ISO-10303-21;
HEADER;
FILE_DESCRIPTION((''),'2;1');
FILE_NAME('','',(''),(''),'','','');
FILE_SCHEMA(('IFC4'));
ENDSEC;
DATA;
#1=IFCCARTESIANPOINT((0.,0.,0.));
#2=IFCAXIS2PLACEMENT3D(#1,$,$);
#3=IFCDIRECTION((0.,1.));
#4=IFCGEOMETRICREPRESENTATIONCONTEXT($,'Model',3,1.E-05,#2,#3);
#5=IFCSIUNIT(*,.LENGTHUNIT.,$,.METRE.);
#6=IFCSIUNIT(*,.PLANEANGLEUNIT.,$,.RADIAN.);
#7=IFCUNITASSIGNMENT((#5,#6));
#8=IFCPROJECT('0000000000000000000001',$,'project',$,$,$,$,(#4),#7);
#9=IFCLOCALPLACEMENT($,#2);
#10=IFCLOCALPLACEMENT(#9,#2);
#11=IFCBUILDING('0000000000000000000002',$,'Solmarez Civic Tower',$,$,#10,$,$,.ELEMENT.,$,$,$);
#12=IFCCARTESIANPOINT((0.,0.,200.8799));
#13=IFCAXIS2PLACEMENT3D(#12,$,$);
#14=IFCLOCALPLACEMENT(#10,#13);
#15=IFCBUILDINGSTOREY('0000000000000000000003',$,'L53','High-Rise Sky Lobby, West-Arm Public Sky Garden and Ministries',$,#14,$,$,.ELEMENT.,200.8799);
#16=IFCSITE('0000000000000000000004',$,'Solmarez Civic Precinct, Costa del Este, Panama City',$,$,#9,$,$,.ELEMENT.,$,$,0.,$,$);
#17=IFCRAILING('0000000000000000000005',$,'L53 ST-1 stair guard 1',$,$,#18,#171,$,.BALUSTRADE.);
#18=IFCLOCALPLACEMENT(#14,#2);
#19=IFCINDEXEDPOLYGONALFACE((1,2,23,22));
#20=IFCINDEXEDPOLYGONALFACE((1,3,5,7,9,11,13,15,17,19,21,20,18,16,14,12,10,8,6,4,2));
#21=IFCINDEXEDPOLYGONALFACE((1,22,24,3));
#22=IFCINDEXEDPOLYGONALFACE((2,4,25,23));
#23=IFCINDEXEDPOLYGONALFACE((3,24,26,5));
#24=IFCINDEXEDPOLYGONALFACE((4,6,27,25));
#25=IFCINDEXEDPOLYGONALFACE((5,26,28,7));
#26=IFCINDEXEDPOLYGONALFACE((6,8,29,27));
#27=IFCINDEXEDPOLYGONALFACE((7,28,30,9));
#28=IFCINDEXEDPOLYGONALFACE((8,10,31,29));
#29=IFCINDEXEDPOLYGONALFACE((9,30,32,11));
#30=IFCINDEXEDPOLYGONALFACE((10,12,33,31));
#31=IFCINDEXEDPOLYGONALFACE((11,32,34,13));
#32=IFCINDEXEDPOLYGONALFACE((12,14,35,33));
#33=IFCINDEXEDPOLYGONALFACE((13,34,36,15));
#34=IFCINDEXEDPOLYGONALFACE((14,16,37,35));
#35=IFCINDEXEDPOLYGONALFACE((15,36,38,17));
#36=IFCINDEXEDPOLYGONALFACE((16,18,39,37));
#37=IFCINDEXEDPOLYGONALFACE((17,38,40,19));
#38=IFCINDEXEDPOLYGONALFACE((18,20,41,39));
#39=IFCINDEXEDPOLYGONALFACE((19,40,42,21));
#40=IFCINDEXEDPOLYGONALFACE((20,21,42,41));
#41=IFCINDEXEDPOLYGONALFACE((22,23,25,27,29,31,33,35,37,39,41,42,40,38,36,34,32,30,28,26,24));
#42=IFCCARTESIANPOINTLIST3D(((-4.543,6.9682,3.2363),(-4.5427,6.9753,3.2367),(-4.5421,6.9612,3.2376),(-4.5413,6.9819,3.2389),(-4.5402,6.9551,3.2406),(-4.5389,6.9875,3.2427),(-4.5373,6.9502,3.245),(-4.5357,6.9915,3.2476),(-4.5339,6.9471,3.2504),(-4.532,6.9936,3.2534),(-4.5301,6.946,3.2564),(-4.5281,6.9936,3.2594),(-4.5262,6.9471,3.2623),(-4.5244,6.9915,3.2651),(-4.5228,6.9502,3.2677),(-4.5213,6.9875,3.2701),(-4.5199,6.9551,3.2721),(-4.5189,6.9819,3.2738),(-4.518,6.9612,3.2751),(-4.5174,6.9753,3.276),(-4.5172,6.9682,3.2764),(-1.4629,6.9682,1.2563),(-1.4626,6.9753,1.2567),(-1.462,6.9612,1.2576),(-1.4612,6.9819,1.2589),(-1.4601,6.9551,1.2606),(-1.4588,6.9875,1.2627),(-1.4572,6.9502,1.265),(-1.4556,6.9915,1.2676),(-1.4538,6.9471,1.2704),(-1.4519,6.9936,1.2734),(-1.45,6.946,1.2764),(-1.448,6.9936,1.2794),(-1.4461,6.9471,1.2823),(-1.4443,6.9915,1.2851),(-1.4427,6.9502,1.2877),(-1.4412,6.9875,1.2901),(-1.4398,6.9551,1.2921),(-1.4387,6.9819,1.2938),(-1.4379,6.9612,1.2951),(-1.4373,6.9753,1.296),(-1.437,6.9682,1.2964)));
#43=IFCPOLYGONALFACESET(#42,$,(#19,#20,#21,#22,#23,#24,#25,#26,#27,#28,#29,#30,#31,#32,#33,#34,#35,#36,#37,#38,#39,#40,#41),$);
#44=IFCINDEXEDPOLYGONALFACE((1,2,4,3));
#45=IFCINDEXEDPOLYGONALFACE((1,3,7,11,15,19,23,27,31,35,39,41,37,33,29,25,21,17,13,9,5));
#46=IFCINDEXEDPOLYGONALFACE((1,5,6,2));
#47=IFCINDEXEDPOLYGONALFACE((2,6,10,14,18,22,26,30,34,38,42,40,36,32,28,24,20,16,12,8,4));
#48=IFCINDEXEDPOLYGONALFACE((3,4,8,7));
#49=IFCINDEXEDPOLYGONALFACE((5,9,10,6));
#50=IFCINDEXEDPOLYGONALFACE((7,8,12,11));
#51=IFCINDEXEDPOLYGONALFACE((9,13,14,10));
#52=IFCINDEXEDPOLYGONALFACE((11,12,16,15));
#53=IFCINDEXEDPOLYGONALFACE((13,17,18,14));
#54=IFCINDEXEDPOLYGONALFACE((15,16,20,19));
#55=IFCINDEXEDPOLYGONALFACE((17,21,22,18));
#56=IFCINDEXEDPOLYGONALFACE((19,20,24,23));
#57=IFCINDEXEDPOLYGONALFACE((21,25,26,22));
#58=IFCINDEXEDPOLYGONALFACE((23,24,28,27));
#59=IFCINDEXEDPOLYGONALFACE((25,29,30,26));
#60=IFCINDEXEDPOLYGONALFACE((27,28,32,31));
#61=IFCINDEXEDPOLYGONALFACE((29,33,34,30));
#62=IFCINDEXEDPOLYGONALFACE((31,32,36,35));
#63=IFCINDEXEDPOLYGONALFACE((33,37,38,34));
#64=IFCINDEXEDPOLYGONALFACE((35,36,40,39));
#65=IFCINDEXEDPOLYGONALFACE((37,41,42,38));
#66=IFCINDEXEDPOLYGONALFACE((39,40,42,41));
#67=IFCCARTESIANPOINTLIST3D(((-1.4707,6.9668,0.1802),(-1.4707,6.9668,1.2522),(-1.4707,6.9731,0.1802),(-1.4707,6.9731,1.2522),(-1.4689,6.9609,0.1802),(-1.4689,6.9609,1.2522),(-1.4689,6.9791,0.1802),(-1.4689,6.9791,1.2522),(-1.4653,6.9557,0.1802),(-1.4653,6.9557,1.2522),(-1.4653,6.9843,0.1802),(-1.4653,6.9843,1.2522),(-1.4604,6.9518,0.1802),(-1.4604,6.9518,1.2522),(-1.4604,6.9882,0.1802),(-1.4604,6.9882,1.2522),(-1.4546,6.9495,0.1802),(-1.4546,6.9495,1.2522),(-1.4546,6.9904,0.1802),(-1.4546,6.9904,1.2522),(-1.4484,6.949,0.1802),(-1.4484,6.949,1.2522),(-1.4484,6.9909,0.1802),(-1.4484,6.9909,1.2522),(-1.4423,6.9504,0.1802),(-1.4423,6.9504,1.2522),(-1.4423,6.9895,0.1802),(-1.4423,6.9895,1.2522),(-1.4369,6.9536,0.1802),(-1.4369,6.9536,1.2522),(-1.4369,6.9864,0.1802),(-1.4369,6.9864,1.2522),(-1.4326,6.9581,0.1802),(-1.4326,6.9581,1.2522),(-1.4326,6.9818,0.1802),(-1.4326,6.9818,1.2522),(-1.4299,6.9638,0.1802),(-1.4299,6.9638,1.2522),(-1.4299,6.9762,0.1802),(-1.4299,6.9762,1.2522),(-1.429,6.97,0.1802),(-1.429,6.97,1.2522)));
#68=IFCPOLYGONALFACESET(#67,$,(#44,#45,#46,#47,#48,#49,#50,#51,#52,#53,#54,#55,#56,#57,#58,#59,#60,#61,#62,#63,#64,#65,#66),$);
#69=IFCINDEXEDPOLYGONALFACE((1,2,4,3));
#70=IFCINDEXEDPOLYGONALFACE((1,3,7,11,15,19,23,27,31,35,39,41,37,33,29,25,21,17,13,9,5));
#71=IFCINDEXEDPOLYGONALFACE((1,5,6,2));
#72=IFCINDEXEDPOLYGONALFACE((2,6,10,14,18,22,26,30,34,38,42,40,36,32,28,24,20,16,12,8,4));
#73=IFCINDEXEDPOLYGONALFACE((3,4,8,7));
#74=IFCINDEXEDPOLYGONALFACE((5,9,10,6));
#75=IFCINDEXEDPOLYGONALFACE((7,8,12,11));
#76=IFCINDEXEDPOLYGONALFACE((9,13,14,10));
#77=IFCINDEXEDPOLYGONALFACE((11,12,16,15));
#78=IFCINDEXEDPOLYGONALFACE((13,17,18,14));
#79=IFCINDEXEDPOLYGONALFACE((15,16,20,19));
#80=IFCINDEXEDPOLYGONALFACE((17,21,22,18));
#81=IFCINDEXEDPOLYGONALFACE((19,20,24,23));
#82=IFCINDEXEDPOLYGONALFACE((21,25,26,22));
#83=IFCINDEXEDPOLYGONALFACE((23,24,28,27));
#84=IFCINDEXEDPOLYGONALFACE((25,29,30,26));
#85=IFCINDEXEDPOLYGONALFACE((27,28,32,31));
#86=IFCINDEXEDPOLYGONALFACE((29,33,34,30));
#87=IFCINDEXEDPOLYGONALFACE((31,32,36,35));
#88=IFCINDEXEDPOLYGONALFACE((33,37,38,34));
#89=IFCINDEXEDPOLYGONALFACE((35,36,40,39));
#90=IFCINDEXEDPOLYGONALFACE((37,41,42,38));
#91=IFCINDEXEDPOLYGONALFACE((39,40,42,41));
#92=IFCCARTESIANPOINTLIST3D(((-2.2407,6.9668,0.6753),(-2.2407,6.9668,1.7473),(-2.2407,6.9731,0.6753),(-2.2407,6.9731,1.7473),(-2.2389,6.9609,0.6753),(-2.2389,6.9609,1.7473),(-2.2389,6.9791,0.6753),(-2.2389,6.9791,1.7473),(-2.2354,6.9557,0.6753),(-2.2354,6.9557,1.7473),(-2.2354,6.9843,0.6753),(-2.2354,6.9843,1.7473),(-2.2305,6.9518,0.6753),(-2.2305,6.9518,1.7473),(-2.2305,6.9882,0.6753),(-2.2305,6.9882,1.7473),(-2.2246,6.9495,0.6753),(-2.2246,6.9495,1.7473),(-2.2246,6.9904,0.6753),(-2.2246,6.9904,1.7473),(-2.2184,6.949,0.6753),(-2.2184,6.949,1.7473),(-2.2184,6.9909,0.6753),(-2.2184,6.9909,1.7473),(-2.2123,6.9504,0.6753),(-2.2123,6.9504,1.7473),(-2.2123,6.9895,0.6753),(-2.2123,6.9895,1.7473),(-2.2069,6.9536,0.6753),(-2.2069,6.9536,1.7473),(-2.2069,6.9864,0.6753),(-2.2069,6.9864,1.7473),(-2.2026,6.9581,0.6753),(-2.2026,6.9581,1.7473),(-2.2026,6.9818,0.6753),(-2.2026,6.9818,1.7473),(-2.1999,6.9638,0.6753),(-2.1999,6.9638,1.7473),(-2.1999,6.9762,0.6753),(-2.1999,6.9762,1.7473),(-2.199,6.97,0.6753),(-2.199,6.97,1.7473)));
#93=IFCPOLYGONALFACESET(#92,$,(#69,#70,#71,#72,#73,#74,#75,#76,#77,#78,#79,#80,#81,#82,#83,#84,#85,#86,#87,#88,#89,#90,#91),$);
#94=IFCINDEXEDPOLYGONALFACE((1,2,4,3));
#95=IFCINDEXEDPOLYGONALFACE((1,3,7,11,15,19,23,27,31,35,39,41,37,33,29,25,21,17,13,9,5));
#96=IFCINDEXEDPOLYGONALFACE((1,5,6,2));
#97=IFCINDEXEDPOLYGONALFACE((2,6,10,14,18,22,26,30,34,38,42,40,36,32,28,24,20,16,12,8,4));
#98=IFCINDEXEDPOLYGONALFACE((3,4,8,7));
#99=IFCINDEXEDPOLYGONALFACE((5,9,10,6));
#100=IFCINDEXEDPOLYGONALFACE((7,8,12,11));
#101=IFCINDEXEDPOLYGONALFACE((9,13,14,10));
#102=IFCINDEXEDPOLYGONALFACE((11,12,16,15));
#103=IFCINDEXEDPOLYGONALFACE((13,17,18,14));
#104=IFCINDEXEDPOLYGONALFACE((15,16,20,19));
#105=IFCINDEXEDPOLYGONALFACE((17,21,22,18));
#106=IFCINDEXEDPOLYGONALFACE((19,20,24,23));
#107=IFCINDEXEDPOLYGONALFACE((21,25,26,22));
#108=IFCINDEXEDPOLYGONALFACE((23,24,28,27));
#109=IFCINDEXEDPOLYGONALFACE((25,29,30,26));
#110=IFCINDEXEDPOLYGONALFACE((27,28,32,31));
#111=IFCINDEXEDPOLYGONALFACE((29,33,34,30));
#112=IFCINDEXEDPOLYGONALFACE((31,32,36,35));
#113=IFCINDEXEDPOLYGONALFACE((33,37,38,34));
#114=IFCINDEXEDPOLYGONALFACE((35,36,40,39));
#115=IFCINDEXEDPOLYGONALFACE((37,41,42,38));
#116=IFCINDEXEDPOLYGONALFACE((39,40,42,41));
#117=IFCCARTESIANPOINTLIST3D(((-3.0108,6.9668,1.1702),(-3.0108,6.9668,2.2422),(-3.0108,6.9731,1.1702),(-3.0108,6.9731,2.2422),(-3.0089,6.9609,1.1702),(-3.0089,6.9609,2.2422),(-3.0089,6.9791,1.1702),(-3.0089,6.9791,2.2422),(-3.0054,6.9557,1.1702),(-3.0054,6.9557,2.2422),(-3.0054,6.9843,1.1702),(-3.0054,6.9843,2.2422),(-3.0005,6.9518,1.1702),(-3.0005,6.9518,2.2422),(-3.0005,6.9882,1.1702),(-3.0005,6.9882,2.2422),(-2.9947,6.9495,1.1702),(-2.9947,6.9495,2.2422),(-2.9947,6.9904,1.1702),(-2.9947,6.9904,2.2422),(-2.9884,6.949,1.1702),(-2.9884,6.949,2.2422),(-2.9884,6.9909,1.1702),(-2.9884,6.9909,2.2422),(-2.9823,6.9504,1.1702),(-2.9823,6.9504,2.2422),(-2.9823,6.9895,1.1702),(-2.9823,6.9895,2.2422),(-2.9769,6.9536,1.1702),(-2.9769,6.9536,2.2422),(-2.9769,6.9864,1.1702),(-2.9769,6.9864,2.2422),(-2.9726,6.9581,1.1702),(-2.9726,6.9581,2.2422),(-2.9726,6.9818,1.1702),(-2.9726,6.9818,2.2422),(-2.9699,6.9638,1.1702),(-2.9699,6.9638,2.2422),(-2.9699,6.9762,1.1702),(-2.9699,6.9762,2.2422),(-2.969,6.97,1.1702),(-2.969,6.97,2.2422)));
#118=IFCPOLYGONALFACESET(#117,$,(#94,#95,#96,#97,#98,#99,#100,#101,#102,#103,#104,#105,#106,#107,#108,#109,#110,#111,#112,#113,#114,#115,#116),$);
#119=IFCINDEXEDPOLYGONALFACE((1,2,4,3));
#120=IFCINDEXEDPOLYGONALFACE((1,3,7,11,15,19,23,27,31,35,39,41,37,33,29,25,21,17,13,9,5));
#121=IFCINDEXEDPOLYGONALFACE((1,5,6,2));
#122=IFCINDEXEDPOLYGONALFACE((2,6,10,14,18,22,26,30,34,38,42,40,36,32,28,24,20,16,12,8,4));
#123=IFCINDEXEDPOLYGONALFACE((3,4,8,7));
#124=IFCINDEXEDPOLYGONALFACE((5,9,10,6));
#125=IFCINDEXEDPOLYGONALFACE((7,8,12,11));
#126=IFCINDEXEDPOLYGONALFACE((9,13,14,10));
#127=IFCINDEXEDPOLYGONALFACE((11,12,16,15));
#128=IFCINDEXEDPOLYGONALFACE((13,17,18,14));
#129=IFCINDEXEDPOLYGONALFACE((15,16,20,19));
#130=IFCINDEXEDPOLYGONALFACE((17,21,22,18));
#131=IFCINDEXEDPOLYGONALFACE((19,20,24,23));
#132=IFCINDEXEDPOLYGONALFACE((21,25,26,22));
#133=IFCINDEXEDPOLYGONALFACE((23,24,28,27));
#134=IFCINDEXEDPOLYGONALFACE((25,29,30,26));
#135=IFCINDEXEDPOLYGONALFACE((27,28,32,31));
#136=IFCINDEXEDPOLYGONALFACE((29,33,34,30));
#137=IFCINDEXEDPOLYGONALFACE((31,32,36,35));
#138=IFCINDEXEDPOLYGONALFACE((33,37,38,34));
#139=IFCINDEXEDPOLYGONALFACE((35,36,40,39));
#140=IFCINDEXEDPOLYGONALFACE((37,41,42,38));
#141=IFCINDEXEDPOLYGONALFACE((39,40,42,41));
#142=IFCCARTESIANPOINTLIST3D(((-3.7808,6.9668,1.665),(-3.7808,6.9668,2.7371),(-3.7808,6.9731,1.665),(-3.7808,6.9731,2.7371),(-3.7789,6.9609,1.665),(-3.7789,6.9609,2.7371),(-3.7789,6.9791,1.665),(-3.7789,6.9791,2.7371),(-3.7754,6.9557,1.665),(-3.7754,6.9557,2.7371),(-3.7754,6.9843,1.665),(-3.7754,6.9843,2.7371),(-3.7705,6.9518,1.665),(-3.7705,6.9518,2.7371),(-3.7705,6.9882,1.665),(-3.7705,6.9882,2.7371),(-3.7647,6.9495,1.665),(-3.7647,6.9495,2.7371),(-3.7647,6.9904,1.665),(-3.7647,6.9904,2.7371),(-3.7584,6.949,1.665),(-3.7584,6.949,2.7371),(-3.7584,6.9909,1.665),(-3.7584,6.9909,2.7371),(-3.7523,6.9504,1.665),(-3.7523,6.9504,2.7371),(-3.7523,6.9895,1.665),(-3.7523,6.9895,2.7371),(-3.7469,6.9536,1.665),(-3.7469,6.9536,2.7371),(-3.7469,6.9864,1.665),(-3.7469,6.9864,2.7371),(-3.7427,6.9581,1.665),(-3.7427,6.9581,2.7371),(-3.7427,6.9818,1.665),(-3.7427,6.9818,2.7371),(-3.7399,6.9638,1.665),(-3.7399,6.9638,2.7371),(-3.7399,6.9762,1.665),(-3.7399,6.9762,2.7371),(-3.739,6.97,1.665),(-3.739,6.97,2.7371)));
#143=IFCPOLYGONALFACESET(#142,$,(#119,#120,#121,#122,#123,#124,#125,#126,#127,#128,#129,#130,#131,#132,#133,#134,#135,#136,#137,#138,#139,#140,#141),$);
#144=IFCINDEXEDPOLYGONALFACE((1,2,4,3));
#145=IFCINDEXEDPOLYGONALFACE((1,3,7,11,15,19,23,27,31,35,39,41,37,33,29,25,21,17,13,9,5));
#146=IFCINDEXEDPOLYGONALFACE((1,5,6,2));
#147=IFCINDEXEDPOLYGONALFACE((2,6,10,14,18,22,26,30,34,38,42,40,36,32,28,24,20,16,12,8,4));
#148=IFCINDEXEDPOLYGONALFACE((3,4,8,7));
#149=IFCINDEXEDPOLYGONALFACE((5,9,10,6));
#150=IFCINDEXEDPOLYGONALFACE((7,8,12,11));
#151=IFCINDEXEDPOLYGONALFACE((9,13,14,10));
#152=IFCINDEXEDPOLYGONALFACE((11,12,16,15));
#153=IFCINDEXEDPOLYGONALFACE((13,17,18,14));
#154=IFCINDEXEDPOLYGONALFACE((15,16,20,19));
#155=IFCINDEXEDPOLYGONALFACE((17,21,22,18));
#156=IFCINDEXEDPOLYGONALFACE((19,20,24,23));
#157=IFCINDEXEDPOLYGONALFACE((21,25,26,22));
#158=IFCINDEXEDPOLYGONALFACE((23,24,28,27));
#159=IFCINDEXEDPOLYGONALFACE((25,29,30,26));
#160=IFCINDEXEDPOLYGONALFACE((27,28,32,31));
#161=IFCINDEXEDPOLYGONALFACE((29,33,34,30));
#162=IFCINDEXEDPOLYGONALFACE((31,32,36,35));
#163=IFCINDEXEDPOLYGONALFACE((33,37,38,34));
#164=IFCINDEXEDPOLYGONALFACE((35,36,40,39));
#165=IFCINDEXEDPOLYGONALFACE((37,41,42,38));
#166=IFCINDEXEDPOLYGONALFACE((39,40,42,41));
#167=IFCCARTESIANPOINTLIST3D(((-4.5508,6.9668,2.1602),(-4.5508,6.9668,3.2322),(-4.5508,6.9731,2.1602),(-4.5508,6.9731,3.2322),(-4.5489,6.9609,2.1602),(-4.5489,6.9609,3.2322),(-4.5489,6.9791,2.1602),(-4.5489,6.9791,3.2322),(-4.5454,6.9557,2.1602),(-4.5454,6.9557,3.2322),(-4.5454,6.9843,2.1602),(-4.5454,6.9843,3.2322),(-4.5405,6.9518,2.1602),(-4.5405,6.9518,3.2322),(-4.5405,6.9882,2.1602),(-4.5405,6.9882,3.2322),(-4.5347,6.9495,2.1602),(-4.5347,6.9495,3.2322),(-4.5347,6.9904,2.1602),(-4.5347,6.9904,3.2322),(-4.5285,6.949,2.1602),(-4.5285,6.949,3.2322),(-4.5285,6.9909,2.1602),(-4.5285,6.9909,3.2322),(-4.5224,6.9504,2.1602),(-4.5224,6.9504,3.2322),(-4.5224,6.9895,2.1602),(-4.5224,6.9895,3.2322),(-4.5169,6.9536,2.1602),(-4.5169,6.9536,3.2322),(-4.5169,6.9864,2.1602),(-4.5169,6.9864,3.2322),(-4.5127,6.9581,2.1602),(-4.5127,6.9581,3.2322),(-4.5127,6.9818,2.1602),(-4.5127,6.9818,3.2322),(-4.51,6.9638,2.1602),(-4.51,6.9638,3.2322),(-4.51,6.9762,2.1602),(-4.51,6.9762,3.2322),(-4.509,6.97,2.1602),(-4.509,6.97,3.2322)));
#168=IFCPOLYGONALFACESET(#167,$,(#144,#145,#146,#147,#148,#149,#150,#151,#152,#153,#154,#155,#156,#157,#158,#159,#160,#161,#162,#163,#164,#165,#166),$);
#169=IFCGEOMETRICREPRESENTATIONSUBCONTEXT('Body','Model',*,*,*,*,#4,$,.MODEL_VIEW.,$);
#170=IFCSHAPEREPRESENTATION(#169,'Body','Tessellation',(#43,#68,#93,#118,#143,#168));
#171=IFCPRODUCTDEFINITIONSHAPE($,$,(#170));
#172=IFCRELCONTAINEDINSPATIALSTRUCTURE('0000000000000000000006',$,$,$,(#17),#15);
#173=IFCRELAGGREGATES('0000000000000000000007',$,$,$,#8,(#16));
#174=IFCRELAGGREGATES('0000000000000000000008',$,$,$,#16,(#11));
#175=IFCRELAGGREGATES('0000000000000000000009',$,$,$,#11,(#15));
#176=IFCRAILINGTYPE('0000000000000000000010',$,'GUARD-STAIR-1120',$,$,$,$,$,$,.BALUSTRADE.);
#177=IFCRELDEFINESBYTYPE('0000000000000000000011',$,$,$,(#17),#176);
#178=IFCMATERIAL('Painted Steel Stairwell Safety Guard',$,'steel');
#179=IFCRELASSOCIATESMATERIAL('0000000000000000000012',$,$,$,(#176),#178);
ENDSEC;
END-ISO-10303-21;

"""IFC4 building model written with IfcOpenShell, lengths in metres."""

from ifc_helpers import new_model, si_unit, direction, frame, origin, origin_2d, place, context, subcontext, project, spatial, circle, extrude, material, type_object, element, save


model = new_model("IFC4")

# Units and contexts
model_context = context("Model", 3, precision=1e-05, world=origin(), true_north=direction((0.0, 1.0)))
body_context = subcontext(model_context, "Body", "Model", "MODEL_VIEW")
ifc_project = project(units=[si_unit("LENGTHUNIT", "METRE"), si_unit("PLANEANGLEUNIT", "RADIAN")], contexts=[model_context])

# Site, building, storey
site_placement = place(None, origin())
site = spatial("IfcSite", under=ifc_project, at=site_placement, Name="Solmarez Civic Precinct, Costa del Este, Panama City", CompositionType="ELEMENT", RefElevation=0.0)
building_placement = place(site_placement, origin())
building = spatial("IfcBuilding", under=site, at=building_placement, Name="Solmarez Civic Tower", CompositionType="ELEMENT")
storey_placement = place(building_placement, frame((0.0, 0.0, 200.8799)))
storey = spatial("IfcBuildingStorey", under=building, at=storey_placement, Name="L53", Description="High-Rise Sky Lobby, West-Arm Public Sky Garden and Ministries", CompositionType="ELEMENT", Elevation=200.8799)

# Railing
ifc_material_1 = material(Name="Painted Steel Stairwell Safety Guard", Category="steel")
railing_type_1 = type_object("IfcRailingType", Name="GUARD-STAIR-1120", PredefinedType="BALUSTRADE", material=ifc_material_1)
railing_1_placement = place(storey_placement, frame((-1.45, 6.97, 0.1802)))
element("IfcRailing", 1, at=railing_1_placement, inside=storey, type_object=railing_type_1, Name="L53 ST-1 stair guard 1", PredefinedType="BALUSTRADE", context=body_context, shape_type="SweptSolid", body=[
    extrude(circle(Radius=0.0239, at=origin_2d()), frame((0.0, 0.0, 1.0962), z_axis=(-0.841187, 0.0, 0.540744), x_axis=(0.0, -1.0, 0.0)), (0.0, 0.0, 1.0), 3.6616),
    extrude(circle(Radius=0.021, at=origin_2d()), origin(), (0.0, 0.0, 1.0), 1.072),
    extrude(circle(Radius=0.021, at=origin_2d()), frame((-0.77, 0.0, 0.4951)), (0.0, 0.0, 1.0), 1.072),
    extrude(circle(Radius=0.021, at=origin_2d()), frame((-1.54, 0.0, 0.99)), (0.0, 0.0, 1.0), 1.072),
    extrude(circle(Radius=0.021, at=origin_2d()), frame((-2.3101, 0.0, 1.4849)), (0.0, 0.0, 1.0), 1.072),
    extrude(circle(Radius=0.021, at=origin_2d()), frame((-3.0801, 0.0, 1.98)), (0.0, 0.0, 1.0), 1.072),
])

save(model, "model.ifc")
